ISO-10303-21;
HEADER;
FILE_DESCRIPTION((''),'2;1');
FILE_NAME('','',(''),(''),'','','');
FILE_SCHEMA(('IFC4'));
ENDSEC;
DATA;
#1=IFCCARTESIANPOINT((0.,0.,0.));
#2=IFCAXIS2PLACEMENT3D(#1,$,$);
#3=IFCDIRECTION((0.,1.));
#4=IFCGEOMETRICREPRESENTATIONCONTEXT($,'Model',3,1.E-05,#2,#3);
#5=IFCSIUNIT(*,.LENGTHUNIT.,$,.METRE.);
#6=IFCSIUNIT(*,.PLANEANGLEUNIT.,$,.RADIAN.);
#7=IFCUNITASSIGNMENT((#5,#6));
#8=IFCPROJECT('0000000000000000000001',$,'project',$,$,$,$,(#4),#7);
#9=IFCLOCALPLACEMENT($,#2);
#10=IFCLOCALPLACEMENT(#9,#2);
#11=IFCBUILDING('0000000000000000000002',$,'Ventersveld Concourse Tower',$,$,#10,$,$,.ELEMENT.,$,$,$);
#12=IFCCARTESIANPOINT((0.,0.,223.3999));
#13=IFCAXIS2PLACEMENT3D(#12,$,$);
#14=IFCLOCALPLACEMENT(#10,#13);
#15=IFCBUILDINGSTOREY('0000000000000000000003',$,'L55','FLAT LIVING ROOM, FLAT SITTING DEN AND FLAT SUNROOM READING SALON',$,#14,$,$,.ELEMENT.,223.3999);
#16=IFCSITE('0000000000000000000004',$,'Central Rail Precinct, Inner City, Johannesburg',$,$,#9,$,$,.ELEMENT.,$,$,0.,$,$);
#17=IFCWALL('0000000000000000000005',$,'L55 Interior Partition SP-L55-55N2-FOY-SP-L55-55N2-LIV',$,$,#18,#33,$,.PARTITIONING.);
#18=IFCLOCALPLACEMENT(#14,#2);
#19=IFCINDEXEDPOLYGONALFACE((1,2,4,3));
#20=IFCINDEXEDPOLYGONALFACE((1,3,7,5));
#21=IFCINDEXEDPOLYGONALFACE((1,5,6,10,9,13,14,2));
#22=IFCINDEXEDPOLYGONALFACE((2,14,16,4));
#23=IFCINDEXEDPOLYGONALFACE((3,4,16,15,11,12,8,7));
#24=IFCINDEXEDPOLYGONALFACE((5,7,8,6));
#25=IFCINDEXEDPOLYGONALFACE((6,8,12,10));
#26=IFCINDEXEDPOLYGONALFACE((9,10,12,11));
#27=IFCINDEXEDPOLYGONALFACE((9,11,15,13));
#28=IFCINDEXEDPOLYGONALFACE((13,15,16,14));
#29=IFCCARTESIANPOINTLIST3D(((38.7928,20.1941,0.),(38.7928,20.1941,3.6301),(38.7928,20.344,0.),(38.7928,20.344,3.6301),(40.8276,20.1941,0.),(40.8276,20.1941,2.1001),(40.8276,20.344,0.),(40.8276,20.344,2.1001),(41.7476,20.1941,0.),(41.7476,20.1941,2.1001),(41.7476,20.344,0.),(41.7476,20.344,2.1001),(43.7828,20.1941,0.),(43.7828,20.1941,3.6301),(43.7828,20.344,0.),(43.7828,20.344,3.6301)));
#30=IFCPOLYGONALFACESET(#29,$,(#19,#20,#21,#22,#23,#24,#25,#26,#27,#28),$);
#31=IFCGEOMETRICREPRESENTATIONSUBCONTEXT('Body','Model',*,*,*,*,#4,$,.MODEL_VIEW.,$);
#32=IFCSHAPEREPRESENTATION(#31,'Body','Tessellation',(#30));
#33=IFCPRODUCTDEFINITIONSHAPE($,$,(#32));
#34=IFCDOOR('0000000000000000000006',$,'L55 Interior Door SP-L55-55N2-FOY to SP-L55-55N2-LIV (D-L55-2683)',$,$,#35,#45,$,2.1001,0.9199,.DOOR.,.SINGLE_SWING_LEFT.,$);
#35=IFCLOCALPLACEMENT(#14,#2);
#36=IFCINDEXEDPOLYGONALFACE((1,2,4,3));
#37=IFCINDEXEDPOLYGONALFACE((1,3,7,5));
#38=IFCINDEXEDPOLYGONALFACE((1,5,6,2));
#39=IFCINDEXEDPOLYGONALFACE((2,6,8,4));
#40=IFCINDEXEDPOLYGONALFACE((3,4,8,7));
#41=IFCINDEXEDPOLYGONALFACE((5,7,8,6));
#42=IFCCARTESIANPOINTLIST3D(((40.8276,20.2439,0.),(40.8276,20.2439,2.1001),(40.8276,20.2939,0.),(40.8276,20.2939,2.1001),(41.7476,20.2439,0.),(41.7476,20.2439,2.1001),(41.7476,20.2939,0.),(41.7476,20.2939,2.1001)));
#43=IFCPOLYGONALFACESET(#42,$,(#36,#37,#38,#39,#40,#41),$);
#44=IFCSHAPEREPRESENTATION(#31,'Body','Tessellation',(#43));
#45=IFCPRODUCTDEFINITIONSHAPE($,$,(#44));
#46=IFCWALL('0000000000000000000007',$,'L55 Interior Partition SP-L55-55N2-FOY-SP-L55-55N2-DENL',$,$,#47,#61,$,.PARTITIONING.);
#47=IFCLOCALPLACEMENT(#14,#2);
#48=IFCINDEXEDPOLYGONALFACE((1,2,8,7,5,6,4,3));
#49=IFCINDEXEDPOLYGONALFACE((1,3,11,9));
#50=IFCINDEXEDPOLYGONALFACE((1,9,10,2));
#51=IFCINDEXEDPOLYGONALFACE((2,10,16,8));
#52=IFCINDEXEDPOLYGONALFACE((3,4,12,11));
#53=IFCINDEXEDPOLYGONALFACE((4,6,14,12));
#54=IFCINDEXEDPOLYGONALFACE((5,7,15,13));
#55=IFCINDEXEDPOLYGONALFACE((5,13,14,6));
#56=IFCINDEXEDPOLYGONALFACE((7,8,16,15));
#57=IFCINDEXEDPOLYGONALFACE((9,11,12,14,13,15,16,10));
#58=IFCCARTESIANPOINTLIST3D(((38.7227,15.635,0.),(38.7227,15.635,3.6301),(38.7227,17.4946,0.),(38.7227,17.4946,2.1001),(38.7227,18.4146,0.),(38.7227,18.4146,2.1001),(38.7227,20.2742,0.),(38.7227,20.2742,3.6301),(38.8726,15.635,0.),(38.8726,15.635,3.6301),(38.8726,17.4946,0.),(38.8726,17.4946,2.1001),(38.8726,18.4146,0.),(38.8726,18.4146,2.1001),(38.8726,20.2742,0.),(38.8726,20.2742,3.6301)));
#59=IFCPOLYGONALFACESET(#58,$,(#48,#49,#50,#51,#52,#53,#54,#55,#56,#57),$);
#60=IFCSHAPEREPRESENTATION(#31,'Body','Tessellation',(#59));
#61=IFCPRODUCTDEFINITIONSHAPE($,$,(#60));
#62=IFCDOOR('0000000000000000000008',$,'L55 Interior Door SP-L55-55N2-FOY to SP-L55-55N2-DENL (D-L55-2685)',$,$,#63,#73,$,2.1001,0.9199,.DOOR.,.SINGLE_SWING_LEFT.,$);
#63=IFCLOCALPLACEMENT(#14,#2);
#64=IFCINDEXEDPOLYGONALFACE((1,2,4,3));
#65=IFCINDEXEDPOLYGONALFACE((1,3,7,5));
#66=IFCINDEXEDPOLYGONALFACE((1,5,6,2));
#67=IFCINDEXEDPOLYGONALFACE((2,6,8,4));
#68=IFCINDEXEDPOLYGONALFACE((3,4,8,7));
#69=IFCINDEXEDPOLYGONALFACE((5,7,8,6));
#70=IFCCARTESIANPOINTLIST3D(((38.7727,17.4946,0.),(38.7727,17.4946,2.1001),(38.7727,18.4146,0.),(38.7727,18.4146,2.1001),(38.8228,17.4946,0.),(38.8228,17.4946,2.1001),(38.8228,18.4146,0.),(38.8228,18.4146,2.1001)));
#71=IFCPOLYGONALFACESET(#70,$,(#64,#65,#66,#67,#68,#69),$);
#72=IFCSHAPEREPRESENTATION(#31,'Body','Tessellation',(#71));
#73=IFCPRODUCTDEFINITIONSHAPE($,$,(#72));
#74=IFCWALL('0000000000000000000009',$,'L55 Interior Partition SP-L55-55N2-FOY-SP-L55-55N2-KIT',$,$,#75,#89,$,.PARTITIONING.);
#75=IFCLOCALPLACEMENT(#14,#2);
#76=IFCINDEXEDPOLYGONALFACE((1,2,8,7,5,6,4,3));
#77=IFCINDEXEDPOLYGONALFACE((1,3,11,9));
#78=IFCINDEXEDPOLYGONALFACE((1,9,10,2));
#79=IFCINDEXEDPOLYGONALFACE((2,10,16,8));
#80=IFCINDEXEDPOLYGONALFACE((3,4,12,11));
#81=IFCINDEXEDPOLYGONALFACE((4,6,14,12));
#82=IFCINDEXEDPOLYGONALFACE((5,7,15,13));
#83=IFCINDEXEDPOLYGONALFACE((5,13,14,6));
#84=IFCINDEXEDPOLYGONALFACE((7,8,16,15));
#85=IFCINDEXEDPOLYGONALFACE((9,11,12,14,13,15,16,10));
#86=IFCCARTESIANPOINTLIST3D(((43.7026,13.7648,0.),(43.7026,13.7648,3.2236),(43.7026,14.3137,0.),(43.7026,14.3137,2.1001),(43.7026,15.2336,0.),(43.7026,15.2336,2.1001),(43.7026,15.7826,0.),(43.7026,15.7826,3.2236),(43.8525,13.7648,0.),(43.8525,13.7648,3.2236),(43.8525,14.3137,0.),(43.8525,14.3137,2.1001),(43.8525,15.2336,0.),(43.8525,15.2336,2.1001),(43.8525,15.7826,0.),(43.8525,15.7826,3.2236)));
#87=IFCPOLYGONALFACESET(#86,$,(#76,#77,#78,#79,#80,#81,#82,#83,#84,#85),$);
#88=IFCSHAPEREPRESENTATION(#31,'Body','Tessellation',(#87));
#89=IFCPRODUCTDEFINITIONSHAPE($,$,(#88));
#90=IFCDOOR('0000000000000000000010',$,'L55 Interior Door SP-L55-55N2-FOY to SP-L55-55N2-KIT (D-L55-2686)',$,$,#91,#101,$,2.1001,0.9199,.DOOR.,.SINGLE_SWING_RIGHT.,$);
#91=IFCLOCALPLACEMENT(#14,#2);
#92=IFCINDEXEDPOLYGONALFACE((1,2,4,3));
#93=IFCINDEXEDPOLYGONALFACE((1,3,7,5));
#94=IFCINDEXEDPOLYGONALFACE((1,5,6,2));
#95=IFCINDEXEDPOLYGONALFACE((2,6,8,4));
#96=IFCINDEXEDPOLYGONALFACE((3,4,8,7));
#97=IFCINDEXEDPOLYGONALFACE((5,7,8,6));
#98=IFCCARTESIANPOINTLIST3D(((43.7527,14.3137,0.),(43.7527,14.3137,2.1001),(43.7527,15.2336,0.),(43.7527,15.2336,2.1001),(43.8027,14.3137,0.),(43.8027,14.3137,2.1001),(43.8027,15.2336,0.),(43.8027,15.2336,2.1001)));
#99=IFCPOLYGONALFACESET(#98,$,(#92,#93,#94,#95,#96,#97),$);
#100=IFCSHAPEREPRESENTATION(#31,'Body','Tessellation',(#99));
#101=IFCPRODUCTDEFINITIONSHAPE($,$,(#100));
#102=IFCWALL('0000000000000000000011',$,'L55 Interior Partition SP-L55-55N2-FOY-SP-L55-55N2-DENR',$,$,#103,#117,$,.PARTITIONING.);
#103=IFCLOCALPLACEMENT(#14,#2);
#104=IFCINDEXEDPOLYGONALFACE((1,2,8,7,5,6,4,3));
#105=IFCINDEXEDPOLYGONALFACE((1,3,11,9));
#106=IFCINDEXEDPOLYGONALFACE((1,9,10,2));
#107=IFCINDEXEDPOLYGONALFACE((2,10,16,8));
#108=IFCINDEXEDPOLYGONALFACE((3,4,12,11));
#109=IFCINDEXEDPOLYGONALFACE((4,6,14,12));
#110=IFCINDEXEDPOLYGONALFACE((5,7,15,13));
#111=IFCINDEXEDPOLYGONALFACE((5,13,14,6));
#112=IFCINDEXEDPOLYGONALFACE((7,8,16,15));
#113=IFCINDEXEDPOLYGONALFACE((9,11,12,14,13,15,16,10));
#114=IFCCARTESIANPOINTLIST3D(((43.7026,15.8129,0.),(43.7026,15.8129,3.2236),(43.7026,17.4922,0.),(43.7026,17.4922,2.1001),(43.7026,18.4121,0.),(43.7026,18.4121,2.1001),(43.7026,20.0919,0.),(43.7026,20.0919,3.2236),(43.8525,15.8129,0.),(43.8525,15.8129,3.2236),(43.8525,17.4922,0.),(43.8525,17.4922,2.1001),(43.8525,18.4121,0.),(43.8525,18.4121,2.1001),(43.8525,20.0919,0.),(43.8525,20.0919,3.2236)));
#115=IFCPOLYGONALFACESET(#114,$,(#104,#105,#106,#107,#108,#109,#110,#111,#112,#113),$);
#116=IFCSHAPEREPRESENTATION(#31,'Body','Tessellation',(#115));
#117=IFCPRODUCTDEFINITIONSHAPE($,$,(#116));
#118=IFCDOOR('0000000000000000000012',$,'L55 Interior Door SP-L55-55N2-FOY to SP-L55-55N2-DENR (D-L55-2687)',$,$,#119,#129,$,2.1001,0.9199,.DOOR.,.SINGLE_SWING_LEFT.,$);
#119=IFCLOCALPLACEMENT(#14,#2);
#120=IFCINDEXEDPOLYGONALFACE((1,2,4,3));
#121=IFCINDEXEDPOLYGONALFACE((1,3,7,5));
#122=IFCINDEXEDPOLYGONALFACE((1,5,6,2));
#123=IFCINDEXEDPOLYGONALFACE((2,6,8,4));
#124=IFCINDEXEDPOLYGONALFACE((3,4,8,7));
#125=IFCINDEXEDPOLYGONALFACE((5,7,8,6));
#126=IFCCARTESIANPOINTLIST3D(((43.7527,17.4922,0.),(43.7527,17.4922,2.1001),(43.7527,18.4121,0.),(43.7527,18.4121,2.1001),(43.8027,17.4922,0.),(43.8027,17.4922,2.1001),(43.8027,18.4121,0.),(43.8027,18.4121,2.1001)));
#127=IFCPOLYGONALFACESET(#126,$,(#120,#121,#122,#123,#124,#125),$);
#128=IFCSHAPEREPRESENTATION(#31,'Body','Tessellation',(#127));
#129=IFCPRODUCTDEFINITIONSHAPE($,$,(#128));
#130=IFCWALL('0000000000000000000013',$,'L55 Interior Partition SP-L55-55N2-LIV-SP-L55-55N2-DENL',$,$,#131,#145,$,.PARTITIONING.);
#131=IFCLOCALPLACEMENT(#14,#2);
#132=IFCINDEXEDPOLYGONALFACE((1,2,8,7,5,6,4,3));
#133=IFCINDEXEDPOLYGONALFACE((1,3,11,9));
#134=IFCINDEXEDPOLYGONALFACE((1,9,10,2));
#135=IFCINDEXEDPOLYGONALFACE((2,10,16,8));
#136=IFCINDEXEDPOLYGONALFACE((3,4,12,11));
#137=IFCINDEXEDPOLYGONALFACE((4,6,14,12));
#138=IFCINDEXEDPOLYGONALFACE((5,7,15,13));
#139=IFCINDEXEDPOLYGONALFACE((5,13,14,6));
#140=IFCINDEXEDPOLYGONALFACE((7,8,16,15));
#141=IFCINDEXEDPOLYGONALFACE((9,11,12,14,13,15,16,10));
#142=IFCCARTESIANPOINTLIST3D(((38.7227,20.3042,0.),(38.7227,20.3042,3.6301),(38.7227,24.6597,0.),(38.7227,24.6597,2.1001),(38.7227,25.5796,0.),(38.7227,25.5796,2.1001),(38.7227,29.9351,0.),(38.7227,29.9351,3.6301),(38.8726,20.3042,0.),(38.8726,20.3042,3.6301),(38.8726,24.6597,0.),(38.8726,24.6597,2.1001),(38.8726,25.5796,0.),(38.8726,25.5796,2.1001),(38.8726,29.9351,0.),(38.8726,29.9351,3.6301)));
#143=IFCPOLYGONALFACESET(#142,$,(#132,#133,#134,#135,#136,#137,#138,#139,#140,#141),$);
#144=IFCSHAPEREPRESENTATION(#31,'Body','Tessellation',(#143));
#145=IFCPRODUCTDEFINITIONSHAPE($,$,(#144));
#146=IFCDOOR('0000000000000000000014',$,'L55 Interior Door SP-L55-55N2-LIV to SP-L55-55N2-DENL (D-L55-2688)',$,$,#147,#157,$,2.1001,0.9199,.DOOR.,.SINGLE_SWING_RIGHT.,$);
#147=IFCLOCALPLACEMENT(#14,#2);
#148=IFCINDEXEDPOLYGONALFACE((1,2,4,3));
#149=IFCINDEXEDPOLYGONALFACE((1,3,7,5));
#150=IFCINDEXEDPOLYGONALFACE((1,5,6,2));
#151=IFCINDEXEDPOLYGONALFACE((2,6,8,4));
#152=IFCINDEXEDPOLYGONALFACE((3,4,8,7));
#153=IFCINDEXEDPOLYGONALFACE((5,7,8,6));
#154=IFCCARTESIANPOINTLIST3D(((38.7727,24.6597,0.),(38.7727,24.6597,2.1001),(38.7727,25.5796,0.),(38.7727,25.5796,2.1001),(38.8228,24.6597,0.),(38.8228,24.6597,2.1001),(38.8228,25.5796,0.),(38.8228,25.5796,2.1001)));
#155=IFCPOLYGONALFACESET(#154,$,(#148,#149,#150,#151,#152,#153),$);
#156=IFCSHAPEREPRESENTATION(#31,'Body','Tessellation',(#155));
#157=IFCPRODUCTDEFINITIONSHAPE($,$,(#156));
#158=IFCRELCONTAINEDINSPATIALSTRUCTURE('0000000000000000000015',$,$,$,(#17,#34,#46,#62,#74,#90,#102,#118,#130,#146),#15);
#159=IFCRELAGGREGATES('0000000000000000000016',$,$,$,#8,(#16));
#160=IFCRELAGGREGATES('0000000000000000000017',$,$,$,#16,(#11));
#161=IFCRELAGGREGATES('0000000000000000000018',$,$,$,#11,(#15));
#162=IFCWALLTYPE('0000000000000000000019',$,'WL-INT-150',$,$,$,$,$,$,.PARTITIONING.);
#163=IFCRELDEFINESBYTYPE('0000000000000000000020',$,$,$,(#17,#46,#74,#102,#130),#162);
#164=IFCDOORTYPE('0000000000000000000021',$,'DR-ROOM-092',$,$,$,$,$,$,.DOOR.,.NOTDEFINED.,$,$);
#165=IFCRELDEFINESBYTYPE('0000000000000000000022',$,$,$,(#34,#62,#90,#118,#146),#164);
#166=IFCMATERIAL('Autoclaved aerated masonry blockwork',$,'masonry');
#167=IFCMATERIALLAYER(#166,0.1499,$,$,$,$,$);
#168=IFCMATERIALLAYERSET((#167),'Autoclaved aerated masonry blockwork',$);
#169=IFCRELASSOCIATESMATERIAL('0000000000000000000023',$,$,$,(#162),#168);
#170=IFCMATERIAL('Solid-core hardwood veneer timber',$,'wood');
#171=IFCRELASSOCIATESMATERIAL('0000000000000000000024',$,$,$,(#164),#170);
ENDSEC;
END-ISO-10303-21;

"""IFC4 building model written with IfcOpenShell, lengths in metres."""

from ifc_helpers import new_model, si_unit, direction, frame, frame_2d, origin, place, context, subcontext, project, spatial, rectangle, extrude, material, layer, layer_set, type_object, element, fill, save


model = new_model("IFC4")

# Units and contexts
model_context = context("Model", 3, precision=1e-05, world=origin(), true_north=direction((0.0, 1.0)))
body_context = subcontext(model_context, "Body", "Model", "MODEL_VIEW")
ifc_project = project(units=[si_unit("LENGTHUNIT", "METRE"), si_unit("PLANEANGLEUNIT", "RADIAN")], contexts=[model_context])

# Site, building, storey
site_placement = place(None, origin())
site = spatial("IfcSite", under=ifc_project, at=site_placement, Name="Central Rail Precinct, Inner City, Johannesburg", CompositionType="ELEMENT", RefElevation=0.0)
building_placement = place(site_placement, origin())
building = spatial("IfcBuilding", under=site, at=building_placement, Name="Ventersveld Concourse Tower", CompositionType="ELEMENT")
storey_placement = place(building_placement, frame((0.0, 0.0, 223.3999)))
storey = spatial("IfcBuildingStorey", under=building, at=storey_placement, Name="L55", Description="FLAT LIVING ROOM, FLAT SITTING DEN AND FLAT SUNROOM READING SALON", CompositionType="ELEMENT", Elevation=223.3999)

# Shared definitions
ifc_material_1 = material(Name="Solid-core hardwood veneer timber", Category="wood")

# Walls, openings, doors
ifc_material_2 = material(Name="Autoclaved aerated masonry blockwork", Category="masonry")
ifc_layer_1 = layer(ifc_material_2, 0.1499)
ifc_layer_set_1 = layer_set([ifc_layer_1], Name="Autoclaved aerated masonry blockwork")
wall_type_1 = type_object("IfcWallType", Name="WL-INT-150", PredefinedType="PARTITIONING", material=ifc_layer_set_1)
wall_1_placement = place(storey_placement, frame((38.7927, 20.269, 0.0), z_axis=(0.0, 0.0, 1.0), x_axis=(1.0, 0.0, 0.0)))
wall_1 = element("IfcWall", 1, at=wall_1_placement, inside=storey, type_object=wall_type_1, Name="L55 Interior Partition SP-L55-55N2-FOY-SP-L55-55N2-LIV", PredefinedType="PARTITIONING", context=body_context, shape_type="SweptSolid", body=[
    extrude(rectangle(XDim=4.99, YDim=0.1499, at=frame_2d((2.4951, 0.0))), origin(), (0.0, 0.0, 1.0), 3.6301),
])
opening_1_placement = place(wall_1_placement, frame((2.0349, 0.0, 0.0)))
opening_1 = element("IfcOpeningElement", 2, at=opening_1_placement, cuts=wall_1, PredefinedType="OPENING", context=body_context, shape_type="SweptSolid", body=[
    extrude(rectangle(XDim=0.9199, YDim=2.1001, at=frame_2d((0.46, 1.05))), frame((0.0, 0.085, 0.0), z_axis=(0.0, -1.0, 0.0), x_axis=(1.0, 0.0, 0.0)), (0.0, 0.0, 1.0), 0.1699),
])
door_type_1 = type_object("IfcDoorType", Name="DR-ROOM-092", OperationType="NOTDEFINED", PredefinedType="DOOR", material=ifc_material_1)
door_1_placement = place(opening_1_placement, origin())
door_1 = element("IfcDoor", 3, at=door_1_placement, inside=storey, type_object=door_type_1, Name="L55 Interior Door SP-L55-55N2-FOY to SP-L55-55N2-LIV (D-L55-2683)", OperationType="SINGLE_SWING_LEFT", OverallHeight=2.1001, OverallWidth=0.9199, PredefinedType="DOOR", context=body_context, shape_type="SweptSolid", body=[
    extrude(rectangle(XDim=0.9199, YDim=2.1001, at=frame_2d((0.46, 1.05))), frame((0.0, 0.0249, 0.0), z_axis=(0.0, -1.0, 0.0), x_axis=(1.0, 0.0, 0.0)), (0.0, 0.0, 1.0), 0.05),
])
fill(opening_1, door_1)
wall_2_placement = place(storey_placement, frame((38.7976, 15.635, 0.0), z_axis=(0.0, 0.0, 1.0), x_axis=(0.0, 1.0, 0.0)))
wall_2 = element("IfcWall", 4, at=wall_2_placement, inside=storey, type_object=wall_type_1, Name="L55 Interior Partition SP-L55-55N2-FOY-SP-L55-55N2-DENL", PredefinedType="PARTITIONING", context=body_context, shape_type="SweptSolid", body=[
    extrude(rectangle(XDim=4.6392, YDim=0.1499, at=frame_2d((2.3196, 0.0))), origin(), (0.0, 0.0, 1.0), 3.6301),
])
opening_2_placement = place(wall_2_placement, frame((1.8596, 0.0, 0.0)))
opening_2 = element("IfcOpeningElement", 5, at=opening_2_placement, cuts=wall_2, PredefinedType="OPENING", context=body_context, shape_type="SweptSolid", body=[
    extrude(rectangle(XDim=0.9199, YDim=2.1001, at=frame_2d((0.46, 1.05))), frame((0.0, 0.085, 0.0), z_axis=(0.0, -1.0, 0.0), x_axis=(1.0, 0.0, 0.0)), (0.0, 0.0, 1.0), 0.1699),
])
door_2_placement = place(opening_2_placement, origin())
door_2 = element("IfcDoor", 6, at=door_2_placement, inside=storey, type_object=door_type_1, Name="L55 Interior Door SP-L55-55N2-FOY to SP-L55-55N2-DENL (D-L55-2685)", OperationType="SINGLE_SWING_LEFT", OverallHeight=2.1001, OverallWidth=0.9199, PredefinedType="DOOR", context=body_context, shape_type="SweptSolid", body=[
    extrude(rectangle(XDim=0.9199, YDim=2.1001, at=frame_2d((0.46, 1.05))), frame((0.0, 0.0249, 0.0), z_axis=(0.0, -1.0, 0.0), x_axis=(1.0, 0.0, 0.0)), (0.0, 0.0, 1.0), 0.05),
])
fill(opening_2, door_2)
wall_3_placement = place(storey_placement, frame((43.7776, 13.7649, 0.0), z_axis=(0.0, 0.0, 1.0), x_axis=(0.0, 1.0, 0.0)))
wall_3 = element("IfcWall", 7, at=wall_3_placement, inside=storey, type_object=wall_type_1, Name="L55 Interior Partition SP-L55-55N2-FOY-SP-L55-55N2-KIT", PredefinedType="PARTITIONING", context=body_context, shape_type="SweptSolid", body=[
    extrude(rectangle(XDim=2.0178, YDim=0.1499, at=frame_2d((1.0088, 0.0))), origin(), (0.0, 0.0, 1.0), 3.2236),
])
opening_3_placement = place(wall_3_placement, frame((0.5488, 0.0, 0.0)))
opening_3 = element("IfcOpeningElement", 8, at=opening_3_placement, cuts=wall_3, PredefinedType="OPENING", context=body_context, shape_type="SweptSolid", body=[
    extrude(rectangle(XDim=0.9199, YDim=2.1001, at=frame_2d((0.46, 1.05))), frame((0.0, 0.085, 0.0), z_axis=(0.0, -1.0, 0.0), x_axis=(1.0, 0.0, 0.0)), (0.0, 0.0, 1.0), 0.1699),
])
door_3_placement = place(opening_3_placement, origin())
door_3 = element("IfcDoor", 9, at=door_3_placement, inside=storey, type_object=door_type_1, Name="L55 Interior Door SP-L55-55N2-FOY to SP-L55-55N2-KIT (D-L55-2686)", OperationType="SINGLE_SWING_RIGHT", OverallHeight=2.1001, OverallWidth=0.9199, PredefinedType="DOOR", context=body_context, shape_type="SweptSolid", body=[
    extrude(rectangle(XDim=0.9199, YDim=2.1001, at=frame_2d((0.46, 1.05))), frame((0.0, 0.0249, 0.0), z_axis=(0.0, -1.0, 0.0), x_axis=(1.0, 0.0, 0.0)), (0.0, 0.0, 1.0), 0.05),
])
fill(opening_3, door_3)
wall_4_placement = place(storey_placement, frame((43.7776, 15.8127, 0.0), z_axis=(0.0, 0.0, 1.0), x_axis=(0.0, 1.0, 0.0)))
wall_4 = element("IfcWall", 10, at=wall_4_placement, inside=storey, type_object=wall_type_1, Name="L55 Interior Partition SP-L55-55N2-FOY-SP-L55-55N2-DENR", PredefinedType="PARTITIONING", context=body_context, shape_type="SweptSolid", body=[
    extrude(rectangle(XDim=4.2791, YDim=0.1499, at=frame_2d((2.1396, 0.0))), origin(), (0.0, 0.0, 1.0), 3.2236),
])
opening_4_placement = place(wall_4_placement, frame((1.6794, 0.0, 0.0)))
opening_4 = element("IfcOpeningElement", 11, at=opening_4_placement, cuts=wall_4, PredefinedType="OPENING", context=body_context, shape_type="SweptSolid", body=[
    extrude(rectangle(XDim=0.9199, YDim=2.1001, at=frame_2d((0.46, 1.05))), frame((0.0, 0.085, 0.0), z_axis=(0.0, -1.0, 0.0), x_axis=(1.0, 0.0, 0.0)), (0.0, 0.0, 1.0), 0.1699),
])
door_4_placement = place(opening_4_placement, origin())
door_4 = element("IfcDoor", 12, at=door_4_placement, inside=storey, type_object=door_type_1, Name="L55 Interior Door SP-L55-55N2-FOY to SP-L55-55N2-DENR (D-L55-2687)", OperationType="SINGLE_SWING_LEFT", OverallHeight=2.1001, OverallWidth=0.9199, PredefinedType="DOOR", context=body_context, shape_type="SweptSolid", body=[
    extrude(rectangle(XDim=0.9199, YDim=2.1001, at=frame_2d((0.46, 1.05))), frame((0.0, 0.0249, 0.0), z_axis=(0.0, -1.0, 0.0), x_axis=(1.0, 0.0, 0.0)), (0.0, 0.0, 1.0), 0.05),
])
fill(opening_4, door_4)
wall_5_placement = place(storey_placement, frame((38.7976, 20.3042, 0.0), z_axis=(0.0, 0.0, 1.0), x_axis=(0.0, 1.0, 0.0)))
wall_5 = element("IfcWall", 13, at=wall_5_placement, inside=storey, type_object=wall_type_1, Name="L55 Interior Partition SP-L55-55N2-LIV-SP-L55-55N2-DENL", PredefinedType="PARTITIONING", context=body_context, shape_type="SweptSolid", body=[
    extrude(rectangle(XDim=9.6309, YDim=0.1499, at=frame_2d((4.8154, 0.0))), origin(), (0.0, 0.0, 1.0), 3.6301),
])
opening_5_placement = place(wall_5_placement, frame((4.3555, 0.0, 0.0)))
opening_5 = element("IfcOpeningElement", 14, at=opening_5_placement, cuts=wall_5, PredefinedType="OPENING", context=body_context, shape_type="SweptSolid", body=[
    extrude(rectangle(XDim=0.9199, YDim=2.1001, at=frame_2d((0.46, 1.05))), frame((0.0, 0.085, 0.0), z_axis=(0.0, -1.0, 0.0), x_axis=(1.0, 0.0, 0.0)), (0.0, 0.0, 1.0), 0.1699),
])
door_5_placement = place(opening_5_placement, origin())
door_5 = element("IfcDoor", 15, at=door_5_placement, inside=storey, type_object=door_type_1, Name="L55 Interior Door SP-L55-55N2-LIV to SP-L55-55N2-DENL (D-L55-2688)", OperationType="SINGLE_SWING_RIGHT", OverallHeight=2.1001, OverallWidth=0.9199, PredefinedType="DOOR", context=body_context, shape_type="SweptSolid", body=[
    extrude(rectangle(XDim=0.9199, YDim=2.1001, at=frame_2d((0.46, 1.05))), frame((0.0, 0.0249, 0.0), z_axis=(0.0, -1.0, 0.0), x_axis=(1.0, 0.0, 0.0)), (0.0, 0.0, 1.0), 0.05),
])
fill(opening_5, door_5)

save(model, "model.ifc")
